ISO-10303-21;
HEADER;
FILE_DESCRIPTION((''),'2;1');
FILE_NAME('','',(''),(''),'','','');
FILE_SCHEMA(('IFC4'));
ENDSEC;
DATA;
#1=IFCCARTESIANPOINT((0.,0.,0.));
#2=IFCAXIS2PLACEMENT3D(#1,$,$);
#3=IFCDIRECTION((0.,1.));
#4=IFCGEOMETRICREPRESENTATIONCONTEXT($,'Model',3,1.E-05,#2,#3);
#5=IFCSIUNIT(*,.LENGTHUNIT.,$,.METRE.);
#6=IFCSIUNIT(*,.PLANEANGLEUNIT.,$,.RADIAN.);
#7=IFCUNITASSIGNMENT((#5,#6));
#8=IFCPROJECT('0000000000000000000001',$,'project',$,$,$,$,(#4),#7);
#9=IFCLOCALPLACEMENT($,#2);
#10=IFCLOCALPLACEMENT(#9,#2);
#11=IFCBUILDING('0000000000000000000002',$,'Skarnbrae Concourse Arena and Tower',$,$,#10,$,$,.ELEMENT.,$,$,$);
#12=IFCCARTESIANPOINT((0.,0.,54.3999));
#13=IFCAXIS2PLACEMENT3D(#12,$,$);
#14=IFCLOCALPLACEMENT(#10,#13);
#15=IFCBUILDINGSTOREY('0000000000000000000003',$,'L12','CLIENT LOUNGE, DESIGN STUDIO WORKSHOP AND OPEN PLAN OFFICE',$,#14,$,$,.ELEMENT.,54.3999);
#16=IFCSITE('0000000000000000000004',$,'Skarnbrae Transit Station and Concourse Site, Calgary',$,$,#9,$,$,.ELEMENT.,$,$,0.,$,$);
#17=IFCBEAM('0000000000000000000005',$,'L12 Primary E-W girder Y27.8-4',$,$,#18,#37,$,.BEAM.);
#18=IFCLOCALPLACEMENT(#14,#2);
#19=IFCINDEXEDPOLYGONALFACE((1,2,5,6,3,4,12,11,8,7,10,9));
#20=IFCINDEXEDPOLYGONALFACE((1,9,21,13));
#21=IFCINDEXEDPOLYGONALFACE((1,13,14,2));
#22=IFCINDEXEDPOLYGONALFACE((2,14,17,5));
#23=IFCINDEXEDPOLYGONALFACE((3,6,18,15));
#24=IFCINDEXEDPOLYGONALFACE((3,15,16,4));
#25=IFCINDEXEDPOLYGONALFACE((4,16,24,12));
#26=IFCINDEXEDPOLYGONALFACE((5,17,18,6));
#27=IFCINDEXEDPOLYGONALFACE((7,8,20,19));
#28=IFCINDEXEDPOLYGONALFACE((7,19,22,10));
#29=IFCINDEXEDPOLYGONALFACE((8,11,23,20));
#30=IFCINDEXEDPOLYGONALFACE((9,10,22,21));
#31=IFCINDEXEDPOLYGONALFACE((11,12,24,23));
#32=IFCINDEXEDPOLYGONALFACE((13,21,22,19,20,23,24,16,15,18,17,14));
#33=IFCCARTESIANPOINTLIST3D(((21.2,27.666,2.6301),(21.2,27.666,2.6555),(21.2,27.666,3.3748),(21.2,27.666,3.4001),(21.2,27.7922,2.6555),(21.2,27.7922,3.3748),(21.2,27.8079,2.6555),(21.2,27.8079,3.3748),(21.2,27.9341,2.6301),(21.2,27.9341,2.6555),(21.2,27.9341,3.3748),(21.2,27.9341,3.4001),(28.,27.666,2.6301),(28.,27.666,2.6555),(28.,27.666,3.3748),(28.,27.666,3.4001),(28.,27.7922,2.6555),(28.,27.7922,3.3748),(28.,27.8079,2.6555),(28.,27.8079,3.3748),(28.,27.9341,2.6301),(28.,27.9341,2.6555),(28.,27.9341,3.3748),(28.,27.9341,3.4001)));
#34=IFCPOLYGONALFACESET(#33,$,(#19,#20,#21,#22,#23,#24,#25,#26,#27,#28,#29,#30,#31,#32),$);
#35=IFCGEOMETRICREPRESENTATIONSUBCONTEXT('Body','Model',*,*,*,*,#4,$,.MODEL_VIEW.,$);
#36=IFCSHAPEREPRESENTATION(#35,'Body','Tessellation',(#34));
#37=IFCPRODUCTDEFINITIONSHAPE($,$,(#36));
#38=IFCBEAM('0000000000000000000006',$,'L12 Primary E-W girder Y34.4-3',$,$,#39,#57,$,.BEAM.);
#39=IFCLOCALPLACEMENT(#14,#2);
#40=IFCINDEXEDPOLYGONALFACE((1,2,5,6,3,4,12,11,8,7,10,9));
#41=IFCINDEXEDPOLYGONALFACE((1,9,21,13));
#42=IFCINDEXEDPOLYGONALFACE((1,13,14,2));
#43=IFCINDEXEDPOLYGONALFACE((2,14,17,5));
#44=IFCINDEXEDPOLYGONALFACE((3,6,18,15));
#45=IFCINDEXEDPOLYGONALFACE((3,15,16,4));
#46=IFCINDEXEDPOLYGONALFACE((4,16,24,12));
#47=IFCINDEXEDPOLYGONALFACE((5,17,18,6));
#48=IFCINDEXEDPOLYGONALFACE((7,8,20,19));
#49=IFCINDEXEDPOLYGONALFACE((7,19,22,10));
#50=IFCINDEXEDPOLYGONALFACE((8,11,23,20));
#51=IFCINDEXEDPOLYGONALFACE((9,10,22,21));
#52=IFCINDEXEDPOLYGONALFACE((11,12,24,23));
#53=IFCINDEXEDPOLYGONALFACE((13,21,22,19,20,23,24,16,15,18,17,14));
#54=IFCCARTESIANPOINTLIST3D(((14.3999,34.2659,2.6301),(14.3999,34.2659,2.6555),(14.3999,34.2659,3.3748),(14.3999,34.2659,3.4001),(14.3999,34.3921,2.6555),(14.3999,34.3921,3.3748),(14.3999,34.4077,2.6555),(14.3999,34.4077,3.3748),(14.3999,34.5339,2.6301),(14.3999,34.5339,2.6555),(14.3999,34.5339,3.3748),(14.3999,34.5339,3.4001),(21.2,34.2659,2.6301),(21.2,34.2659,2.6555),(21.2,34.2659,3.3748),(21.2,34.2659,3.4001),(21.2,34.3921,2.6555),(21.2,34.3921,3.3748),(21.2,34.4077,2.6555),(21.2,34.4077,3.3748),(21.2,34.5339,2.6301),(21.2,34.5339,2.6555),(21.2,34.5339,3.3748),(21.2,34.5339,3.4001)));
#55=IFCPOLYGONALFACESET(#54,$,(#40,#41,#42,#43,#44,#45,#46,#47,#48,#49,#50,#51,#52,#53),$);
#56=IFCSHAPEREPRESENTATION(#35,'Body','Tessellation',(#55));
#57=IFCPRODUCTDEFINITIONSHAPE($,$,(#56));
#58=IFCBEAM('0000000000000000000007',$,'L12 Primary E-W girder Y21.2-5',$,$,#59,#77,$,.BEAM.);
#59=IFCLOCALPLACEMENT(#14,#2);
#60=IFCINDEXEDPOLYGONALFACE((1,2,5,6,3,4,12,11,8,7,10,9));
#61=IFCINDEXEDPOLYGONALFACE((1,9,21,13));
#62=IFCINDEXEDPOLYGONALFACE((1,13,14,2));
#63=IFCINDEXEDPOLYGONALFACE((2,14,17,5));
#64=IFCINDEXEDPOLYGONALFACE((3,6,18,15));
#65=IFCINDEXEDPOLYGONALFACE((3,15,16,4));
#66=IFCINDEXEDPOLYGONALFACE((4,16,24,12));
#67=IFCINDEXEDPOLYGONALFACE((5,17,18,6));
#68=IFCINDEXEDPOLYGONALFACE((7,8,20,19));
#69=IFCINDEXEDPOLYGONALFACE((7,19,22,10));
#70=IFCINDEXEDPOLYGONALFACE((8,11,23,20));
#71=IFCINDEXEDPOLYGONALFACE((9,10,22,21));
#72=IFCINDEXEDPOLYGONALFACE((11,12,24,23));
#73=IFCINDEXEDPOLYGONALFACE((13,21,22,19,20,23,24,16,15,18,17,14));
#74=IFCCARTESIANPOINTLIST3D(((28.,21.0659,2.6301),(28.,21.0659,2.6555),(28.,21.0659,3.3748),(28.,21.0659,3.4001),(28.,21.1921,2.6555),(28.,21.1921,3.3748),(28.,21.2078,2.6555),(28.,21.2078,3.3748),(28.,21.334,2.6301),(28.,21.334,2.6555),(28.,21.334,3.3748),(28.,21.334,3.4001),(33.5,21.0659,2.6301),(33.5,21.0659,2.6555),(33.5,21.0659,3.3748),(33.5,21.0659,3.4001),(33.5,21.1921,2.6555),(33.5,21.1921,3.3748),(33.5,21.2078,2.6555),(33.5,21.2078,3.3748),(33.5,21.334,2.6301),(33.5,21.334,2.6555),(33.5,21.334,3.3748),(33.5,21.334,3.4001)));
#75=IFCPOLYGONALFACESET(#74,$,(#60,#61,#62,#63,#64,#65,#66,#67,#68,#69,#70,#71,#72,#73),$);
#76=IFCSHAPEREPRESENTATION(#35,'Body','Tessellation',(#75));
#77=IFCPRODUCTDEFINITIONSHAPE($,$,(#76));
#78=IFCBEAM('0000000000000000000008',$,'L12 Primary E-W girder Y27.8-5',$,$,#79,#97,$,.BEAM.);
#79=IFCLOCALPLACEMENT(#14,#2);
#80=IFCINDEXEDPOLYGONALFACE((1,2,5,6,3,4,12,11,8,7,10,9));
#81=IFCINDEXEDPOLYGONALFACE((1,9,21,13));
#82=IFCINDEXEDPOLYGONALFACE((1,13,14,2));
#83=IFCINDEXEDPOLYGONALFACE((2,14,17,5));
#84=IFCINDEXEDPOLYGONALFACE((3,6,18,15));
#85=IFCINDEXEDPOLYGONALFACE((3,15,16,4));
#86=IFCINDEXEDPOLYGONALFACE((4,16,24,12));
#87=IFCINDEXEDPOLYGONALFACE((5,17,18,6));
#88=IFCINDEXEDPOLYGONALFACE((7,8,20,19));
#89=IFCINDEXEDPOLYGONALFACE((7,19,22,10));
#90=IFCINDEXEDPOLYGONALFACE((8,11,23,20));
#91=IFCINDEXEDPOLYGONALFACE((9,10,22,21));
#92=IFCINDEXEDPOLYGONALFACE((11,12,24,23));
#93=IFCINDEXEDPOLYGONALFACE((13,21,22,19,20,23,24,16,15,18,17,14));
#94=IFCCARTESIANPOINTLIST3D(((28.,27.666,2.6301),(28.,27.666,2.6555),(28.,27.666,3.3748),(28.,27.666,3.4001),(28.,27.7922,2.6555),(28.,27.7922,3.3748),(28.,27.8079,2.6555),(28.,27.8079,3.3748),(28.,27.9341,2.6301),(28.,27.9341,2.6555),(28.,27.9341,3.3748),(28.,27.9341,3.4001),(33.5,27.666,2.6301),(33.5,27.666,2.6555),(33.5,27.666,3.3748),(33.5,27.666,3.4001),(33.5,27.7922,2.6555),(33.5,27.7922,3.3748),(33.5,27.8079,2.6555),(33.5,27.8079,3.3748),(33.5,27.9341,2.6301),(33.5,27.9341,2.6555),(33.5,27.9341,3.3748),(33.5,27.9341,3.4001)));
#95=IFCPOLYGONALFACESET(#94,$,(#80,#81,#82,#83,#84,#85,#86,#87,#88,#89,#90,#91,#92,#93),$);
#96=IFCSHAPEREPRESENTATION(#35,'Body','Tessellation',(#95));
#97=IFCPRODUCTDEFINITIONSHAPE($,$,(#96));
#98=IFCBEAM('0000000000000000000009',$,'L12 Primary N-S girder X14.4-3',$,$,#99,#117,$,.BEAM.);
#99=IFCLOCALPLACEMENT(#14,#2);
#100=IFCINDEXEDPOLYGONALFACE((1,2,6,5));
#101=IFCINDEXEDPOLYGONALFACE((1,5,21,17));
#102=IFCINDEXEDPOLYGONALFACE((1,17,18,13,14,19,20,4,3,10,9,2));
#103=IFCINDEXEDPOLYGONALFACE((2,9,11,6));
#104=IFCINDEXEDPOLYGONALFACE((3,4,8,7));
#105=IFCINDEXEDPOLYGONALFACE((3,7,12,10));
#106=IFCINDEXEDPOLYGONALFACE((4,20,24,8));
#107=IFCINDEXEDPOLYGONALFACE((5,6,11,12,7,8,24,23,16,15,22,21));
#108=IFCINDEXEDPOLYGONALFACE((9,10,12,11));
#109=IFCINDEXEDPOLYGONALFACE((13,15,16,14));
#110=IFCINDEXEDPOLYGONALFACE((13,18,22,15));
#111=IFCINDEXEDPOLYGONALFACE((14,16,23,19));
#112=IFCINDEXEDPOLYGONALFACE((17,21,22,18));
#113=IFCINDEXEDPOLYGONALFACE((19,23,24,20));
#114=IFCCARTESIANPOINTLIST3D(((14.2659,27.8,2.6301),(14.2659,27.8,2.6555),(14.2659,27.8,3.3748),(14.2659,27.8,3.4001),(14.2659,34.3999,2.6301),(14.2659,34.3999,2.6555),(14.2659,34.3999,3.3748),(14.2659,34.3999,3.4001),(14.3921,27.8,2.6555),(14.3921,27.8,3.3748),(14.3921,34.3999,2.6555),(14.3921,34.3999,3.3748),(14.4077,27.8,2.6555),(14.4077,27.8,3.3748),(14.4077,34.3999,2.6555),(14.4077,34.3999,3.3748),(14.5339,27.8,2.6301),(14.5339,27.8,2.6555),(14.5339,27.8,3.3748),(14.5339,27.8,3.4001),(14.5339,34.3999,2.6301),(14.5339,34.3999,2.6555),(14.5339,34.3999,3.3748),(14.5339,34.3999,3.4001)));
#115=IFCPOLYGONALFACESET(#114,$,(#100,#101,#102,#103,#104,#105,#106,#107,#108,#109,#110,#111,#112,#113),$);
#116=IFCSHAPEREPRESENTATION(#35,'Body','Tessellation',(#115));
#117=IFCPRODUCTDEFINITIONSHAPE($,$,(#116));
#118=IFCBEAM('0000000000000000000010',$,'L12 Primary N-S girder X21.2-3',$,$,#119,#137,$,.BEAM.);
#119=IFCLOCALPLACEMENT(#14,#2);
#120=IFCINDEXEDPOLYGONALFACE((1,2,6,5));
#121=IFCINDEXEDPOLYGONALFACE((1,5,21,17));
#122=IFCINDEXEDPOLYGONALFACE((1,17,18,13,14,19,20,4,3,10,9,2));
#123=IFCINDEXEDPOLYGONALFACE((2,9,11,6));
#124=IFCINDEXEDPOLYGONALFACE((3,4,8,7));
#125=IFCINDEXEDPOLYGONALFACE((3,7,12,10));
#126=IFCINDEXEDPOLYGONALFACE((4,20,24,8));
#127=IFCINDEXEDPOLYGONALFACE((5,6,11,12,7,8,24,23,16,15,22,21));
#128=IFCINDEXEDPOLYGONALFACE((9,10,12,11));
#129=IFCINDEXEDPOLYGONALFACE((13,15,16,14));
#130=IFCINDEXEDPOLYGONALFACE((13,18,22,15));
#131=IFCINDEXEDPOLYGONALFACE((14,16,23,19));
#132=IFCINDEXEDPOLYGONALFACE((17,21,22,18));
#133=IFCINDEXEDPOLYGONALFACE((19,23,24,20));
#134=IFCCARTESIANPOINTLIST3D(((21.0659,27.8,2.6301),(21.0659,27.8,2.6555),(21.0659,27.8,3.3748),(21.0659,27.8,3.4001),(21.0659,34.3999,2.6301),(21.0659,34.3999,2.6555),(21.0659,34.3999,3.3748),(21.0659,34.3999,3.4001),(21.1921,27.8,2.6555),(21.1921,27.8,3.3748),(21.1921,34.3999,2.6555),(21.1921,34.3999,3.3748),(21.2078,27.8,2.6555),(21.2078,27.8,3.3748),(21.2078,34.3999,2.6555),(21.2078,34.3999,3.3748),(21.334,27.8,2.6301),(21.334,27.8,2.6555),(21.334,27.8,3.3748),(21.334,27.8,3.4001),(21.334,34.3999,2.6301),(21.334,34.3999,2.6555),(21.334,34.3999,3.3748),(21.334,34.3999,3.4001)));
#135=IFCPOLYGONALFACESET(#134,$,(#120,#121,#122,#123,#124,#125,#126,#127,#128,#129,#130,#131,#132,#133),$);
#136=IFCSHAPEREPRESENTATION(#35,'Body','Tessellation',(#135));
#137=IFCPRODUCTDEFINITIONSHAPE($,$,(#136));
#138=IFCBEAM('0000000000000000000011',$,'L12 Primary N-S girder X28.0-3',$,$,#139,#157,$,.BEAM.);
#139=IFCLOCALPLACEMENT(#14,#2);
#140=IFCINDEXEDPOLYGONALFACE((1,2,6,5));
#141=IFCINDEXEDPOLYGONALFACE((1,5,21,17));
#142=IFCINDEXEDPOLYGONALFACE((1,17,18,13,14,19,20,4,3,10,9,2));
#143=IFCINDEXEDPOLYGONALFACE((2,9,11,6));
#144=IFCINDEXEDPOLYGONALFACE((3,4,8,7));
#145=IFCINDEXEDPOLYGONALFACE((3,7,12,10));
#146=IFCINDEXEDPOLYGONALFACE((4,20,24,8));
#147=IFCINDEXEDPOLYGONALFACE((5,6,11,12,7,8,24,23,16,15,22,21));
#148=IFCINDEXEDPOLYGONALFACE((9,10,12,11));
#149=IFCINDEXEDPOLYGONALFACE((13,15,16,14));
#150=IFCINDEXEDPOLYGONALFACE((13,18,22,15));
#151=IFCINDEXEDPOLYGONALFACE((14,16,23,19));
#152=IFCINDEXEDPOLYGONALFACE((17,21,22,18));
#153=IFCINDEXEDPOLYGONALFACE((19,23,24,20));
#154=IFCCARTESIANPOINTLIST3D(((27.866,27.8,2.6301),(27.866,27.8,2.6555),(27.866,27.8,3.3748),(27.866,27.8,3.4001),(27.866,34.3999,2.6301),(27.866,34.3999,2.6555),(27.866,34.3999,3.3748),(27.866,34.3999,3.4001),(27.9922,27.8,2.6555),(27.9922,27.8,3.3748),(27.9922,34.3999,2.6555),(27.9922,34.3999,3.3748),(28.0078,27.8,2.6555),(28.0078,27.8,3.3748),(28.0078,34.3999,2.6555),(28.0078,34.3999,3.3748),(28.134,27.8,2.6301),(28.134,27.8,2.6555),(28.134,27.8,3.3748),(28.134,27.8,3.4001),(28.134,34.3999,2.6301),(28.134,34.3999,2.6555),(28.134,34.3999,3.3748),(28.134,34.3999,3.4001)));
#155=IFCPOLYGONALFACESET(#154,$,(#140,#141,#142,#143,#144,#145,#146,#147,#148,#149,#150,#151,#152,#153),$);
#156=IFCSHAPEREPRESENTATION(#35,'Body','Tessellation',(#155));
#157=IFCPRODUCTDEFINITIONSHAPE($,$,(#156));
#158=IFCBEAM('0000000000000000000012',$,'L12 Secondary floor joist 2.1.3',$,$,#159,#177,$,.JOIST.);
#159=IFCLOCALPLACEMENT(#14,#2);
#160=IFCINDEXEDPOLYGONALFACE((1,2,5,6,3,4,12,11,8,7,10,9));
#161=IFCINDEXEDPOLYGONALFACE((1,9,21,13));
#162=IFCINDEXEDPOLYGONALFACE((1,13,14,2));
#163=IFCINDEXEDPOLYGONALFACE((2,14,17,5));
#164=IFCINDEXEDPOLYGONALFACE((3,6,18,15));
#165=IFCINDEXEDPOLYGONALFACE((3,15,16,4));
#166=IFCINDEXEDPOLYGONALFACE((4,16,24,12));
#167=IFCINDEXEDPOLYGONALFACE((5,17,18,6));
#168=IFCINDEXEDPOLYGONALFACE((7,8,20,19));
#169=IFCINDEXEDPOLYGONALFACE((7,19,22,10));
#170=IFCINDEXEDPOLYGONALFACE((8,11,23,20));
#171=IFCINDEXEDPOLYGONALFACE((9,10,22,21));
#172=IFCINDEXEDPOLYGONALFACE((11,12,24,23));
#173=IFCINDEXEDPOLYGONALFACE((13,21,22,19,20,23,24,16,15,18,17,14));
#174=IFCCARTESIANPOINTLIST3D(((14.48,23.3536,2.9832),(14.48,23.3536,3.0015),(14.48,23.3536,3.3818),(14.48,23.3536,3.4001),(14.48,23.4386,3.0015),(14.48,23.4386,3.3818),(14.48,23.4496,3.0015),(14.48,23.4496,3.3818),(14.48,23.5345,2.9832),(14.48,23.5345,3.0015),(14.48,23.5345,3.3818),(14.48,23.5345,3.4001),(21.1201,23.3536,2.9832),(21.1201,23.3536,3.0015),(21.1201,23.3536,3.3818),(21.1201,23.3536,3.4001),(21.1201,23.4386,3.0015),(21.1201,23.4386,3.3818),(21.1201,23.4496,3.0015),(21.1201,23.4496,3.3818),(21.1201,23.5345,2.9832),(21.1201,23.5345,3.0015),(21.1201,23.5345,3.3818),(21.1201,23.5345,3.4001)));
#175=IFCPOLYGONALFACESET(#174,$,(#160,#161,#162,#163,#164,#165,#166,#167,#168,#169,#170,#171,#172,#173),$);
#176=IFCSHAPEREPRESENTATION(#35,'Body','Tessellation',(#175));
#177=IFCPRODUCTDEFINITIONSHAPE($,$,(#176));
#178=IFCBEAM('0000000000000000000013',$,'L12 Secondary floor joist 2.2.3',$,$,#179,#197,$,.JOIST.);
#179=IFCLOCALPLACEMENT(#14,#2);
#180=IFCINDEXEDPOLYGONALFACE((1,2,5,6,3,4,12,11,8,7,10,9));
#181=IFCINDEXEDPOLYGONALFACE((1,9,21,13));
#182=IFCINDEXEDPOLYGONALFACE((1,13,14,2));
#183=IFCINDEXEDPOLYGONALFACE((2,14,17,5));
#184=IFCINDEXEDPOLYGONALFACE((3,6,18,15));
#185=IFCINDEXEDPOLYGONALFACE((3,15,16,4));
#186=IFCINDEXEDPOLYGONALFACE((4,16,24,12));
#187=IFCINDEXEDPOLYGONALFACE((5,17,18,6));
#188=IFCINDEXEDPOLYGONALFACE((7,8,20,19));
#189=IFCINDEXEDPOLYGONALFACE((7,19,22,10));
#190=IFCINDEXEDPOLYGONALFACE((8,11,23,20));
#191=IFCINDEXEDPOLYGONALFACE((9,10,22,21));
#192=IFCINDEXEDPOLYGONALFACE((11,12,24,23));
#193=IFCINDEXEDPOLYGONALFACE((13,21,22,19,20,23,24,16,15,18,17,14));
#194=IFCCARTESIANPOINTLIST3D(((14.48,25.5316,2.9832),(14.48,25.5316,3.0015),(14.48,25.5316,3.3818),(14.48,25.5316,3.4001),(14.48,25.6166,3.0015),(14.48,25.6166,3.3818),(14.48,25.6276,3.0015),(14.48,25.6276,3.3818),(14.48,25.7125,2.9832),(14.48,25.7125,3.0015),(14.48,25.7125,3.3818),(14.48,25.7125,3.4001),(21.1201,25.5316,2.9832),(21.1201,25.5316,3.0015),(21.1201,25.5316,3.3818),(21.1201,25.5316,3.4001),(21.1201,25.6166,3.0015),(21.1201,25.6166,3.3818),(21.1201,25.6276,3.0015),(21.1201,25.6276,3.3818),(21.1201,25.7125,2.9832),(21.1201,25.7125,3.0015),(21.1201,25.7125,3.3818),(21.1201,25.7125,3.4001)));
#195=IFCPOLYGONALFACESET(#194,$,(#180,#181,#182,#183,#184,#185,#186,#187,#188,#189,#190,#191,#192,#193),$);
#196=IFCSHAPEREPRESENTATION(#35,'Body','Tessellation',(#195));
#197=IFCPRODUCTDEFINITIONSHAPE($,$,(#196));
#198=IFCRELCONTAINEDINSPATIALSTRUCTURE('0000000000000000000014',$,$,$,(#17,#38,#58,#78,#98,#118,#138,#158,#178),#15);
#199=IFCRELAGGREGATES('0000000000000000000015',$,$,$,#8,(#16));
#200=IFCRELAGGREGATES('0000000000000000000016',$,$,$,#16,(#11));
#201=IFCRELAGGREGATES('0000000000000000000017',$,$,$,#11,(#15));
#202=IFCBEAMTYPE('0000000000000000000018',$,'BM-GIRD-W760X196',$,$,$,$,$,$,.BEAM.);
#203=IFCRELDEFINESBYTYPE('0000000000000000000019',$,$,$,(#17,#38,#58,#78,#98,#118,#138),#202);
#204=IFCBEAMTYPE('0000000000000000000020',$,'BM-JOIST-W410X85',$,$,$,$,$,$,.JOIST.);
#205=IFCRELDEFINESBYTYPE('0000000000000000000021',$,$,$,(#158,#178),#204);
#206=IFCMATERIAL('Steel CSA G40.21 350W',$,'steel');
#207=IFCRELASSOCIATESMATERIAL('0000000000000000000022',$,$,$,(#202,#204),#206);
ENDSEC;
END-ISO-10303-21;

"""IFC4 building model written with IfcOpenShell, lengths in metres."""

from ifc_helpers import new_model, si_unit, direction, frame, origin, origin_2d, place, context, subcontext, project, spatial, i_section, extrude, source, transform, mapped, material, material_profile, profile_set, type_object, element, save


model = new_model("IFC4")

# Units and contexts
model_context = context("Model", 3, precision=1e-05, world=origin(), true_north=direction((0.0, 1.0)))
body_context = subcontext(model_context, "Body", "Model", "MODEL_VIEW")
ifc_project = project(units=[si_unit("LENGTHUNIT", "METRE"), si_unit("PLANEANGLEUNIT", "RADIAN")], contexts=[model_context])

# Site, building, storey
site_placement = place(None, origin())
site = spatial("IfcSite", under=ifc_project, at=site_placement, Name="Skarnbrae Transit Station and Concourse Site, Calgary", CompositionType="ELEMENT", RefElevation=0.0)
building_placement = place(site_placement, origin())
building = spatial("IfcBuilding", under=site, at=building_placement, Name="Skarnbrae Concourse Arena and Tower", CompositionType="ELEMENT")
storey_placement = place(building_placement, frame((0.0, 0.0, 54.3999)))
storey = spatial("IfcBuildingStorey", under=building, at=storey_placement, Name="L12", Description="CLIENT LOUNGE, DESIGN STUDIO WORKSHOP AND OPEN PLAN OFFICE", CompositionType="ELEMENT", Elevation=54.3999)

# Shared definitions
ifc_material_1 = material(Name="Steel CSA G40.21 350W", Category="steel")

# Beams
ifc_material_profile_1 = material_profile(ifc_material_1, i_section(OverallWidth=0.2681, OverallDepth=0.77, WebThickness=0.0156, FlangeThickness=0.0254, at=origin_2d()), Name="W760X196")
ifc_profile_set_1 = profile_set([ifc_material_profile_1], Name="Steel CSA G40.21 350W")
beam_type_1 = type_object("IfcBeamType", Name="BM-GIRD-W760X196", PredefinedType="BEAM", material=ifc_profile_set_1)
shared_shape_1 = source(origin(), body_context, "Body", "SweptSolid", [
    extrude(i_section(OverallWidth=0.2681, OverallDepth=0.77, WebThickness=0.0156, FlangeThickness=0.0254, at=origin_2d()), origin(), (0.0, 0.0, 1.0), 6.8),
])
for number, where, z_axis, x_axis, name in (
    (1, (21.2, 27.8, 3.0151), (1.0, 0.0, 0.0), (0.0, 1.0, 0.0), "L12 Primary E-W girder Y27.8-4"),
    (2, (14.3999, 34.3999, 3.0151), (1.0, 0.0, 0.0), (0.0, 1.0, 0.0), "L12 Primary E-W girder Y34.4-3"),
):
    element("IfcBeam", number, at=place(storey_placement, frame(where, z_axis=z_axis, x_axis=x_axis)), inside=storey, type_object=beam_type_1, Name=name, PredefinedType="BEAM", context=body_context, shape_type="MappedRepresentation", body=[
        mapped(shared_shape_1, transform((0.0, 0.0, 0.0))),
    ])
shared_shape_2 = source(origin(), body_context, "Body", "SweptSolid", [
    extrude(i_section(OverallWidth=0.2681, OverallDepth=0.77, WebThickness=0.0156, FlangeThickness=0.0254, at=origin_2d()), origin(), (0.0, 0.0, 1.0), 5.5),
])
for number, where, z_axis, x_axis, name in (
    (3, (28.0, 21.2, 3.0151), (1.0, 0.0, 0.0), (0.0, 1.0, 0.0), "L12 Primary E-W girder Y21.2-5"),
    (4, (28.0, 27.8, 3.0151), (1.0, 0.0, 0.0), (0.0, 1.0, 0.0), "L12 Primary E-W girder Y27.8-5"),
):
    element("IfcBeam", number, at=place(storey_placement, frame(where, z_axis=z_axis, x_axis=x_axis)), inside=storey, type_object=beam_type_1, Name=name, PredefinedType="BEAM", context=body_context, shape_type="MappedRepresentation", body=[
        mapped(shared_shape_2, transform((0.0, 0.0, 0.0))),
    ])
shared_shape_3 = source(origin(), body_context, "Body", "SweptSolid", [
    extrude(i_section(OverallWidth=0.2681, OverallDepth=0.77, WebThickness=0.0156, FlangeThickness=0.0254, at=origin_2d()), origin(), (0.0, 0.0, 1.0), 6.5999),
])
for number, where, z_axis, x_axis, name in (
    (5, (14.3999, 27.8, 3.0151), (0.0, 1.0, 0.0), (-1.0, 0.0, 0.0), "L12 Primary N-S girder X14.4-3"),
    (6, (21.2, 27.8, 3.0151), (0.0, 1.0, 0.0), (-1.0, 0.0, 0.0), "L12 Primary N-S girder X21.2-3"),
    (7, (28.0, 27.8, 3.0151), (0.0, 1.0, 0.0), (-1.0, 0.0, 0.0), "L12 Primary N-S girder X28.0-3"),
):
    element("IfcBeam", number, at=place(storey_placement, frame(where, z_axis=z_axis, x_axis=x_axis)), inside=storey, type_object=beam_type_1, Name=name, PredefinedType="BEAM", context=body_context, shape_type="MappedRepresentation", body=[
        mapped(shared_shape_3, transform((0.0, 0.0, 0.0))),
    ])
ifc_material_profile_2 = material_profile(ifc_material_1, i_section(OverallWidth=0.1809, OverallDepth=0.417, WebThickness=0.011, FlangeThickness=0.0183, at=origin_2d()), Name="W410X85")
ifc_profile_set_2 = profile_set([ifc_material_profile_2], Name="Steel CSA G40.21 350W")
beam_type_2 = type_object("IfcBeamType", Name="BM-JOIST-W410X85", PredefinedType="JOIST", material=ifc_profile_set_2)
shared_shape_4 = source(origin(), body_context, "Body", "SweptSolid", [
    extrude(i_section(OverallWidth=0.1809, OverallDepth=0.417, WebThickness=0.011, FlangeThickness=0.0183, at=origin_2d()), origin(), (0.0, 0.0, 1.0), 6.6401),
])
for number, where, z_axis, x_axis, name in (
    (8, (14.48, 23.4441, 3.1917), (1.0, 0.0, 0.0), (0.0, 1.0, 0.0), "L12 Secondary floor joist 2.1.3"),
    (9, (14.48, 25.6221, 3.1917), (1.0, 0.0, 0.0), (0.0, 1.0, 0.0), "L12 Secondary floor joist 2.2.3"),
):
    element("IfcBeam", number, at=place(storey_placement, frame(where, z_axis=z_axis, x_axis=x_axis)), inside=storey, type_object=beam_type_2, Name=name, PredefinedType="JOIST", context=body_context, shape_type="MappedRepresentation", body=[
        mapped(shared_shape_4, transform((0.0, 0.0, 0.0))),
    ])

save(model, "model.ifc")
